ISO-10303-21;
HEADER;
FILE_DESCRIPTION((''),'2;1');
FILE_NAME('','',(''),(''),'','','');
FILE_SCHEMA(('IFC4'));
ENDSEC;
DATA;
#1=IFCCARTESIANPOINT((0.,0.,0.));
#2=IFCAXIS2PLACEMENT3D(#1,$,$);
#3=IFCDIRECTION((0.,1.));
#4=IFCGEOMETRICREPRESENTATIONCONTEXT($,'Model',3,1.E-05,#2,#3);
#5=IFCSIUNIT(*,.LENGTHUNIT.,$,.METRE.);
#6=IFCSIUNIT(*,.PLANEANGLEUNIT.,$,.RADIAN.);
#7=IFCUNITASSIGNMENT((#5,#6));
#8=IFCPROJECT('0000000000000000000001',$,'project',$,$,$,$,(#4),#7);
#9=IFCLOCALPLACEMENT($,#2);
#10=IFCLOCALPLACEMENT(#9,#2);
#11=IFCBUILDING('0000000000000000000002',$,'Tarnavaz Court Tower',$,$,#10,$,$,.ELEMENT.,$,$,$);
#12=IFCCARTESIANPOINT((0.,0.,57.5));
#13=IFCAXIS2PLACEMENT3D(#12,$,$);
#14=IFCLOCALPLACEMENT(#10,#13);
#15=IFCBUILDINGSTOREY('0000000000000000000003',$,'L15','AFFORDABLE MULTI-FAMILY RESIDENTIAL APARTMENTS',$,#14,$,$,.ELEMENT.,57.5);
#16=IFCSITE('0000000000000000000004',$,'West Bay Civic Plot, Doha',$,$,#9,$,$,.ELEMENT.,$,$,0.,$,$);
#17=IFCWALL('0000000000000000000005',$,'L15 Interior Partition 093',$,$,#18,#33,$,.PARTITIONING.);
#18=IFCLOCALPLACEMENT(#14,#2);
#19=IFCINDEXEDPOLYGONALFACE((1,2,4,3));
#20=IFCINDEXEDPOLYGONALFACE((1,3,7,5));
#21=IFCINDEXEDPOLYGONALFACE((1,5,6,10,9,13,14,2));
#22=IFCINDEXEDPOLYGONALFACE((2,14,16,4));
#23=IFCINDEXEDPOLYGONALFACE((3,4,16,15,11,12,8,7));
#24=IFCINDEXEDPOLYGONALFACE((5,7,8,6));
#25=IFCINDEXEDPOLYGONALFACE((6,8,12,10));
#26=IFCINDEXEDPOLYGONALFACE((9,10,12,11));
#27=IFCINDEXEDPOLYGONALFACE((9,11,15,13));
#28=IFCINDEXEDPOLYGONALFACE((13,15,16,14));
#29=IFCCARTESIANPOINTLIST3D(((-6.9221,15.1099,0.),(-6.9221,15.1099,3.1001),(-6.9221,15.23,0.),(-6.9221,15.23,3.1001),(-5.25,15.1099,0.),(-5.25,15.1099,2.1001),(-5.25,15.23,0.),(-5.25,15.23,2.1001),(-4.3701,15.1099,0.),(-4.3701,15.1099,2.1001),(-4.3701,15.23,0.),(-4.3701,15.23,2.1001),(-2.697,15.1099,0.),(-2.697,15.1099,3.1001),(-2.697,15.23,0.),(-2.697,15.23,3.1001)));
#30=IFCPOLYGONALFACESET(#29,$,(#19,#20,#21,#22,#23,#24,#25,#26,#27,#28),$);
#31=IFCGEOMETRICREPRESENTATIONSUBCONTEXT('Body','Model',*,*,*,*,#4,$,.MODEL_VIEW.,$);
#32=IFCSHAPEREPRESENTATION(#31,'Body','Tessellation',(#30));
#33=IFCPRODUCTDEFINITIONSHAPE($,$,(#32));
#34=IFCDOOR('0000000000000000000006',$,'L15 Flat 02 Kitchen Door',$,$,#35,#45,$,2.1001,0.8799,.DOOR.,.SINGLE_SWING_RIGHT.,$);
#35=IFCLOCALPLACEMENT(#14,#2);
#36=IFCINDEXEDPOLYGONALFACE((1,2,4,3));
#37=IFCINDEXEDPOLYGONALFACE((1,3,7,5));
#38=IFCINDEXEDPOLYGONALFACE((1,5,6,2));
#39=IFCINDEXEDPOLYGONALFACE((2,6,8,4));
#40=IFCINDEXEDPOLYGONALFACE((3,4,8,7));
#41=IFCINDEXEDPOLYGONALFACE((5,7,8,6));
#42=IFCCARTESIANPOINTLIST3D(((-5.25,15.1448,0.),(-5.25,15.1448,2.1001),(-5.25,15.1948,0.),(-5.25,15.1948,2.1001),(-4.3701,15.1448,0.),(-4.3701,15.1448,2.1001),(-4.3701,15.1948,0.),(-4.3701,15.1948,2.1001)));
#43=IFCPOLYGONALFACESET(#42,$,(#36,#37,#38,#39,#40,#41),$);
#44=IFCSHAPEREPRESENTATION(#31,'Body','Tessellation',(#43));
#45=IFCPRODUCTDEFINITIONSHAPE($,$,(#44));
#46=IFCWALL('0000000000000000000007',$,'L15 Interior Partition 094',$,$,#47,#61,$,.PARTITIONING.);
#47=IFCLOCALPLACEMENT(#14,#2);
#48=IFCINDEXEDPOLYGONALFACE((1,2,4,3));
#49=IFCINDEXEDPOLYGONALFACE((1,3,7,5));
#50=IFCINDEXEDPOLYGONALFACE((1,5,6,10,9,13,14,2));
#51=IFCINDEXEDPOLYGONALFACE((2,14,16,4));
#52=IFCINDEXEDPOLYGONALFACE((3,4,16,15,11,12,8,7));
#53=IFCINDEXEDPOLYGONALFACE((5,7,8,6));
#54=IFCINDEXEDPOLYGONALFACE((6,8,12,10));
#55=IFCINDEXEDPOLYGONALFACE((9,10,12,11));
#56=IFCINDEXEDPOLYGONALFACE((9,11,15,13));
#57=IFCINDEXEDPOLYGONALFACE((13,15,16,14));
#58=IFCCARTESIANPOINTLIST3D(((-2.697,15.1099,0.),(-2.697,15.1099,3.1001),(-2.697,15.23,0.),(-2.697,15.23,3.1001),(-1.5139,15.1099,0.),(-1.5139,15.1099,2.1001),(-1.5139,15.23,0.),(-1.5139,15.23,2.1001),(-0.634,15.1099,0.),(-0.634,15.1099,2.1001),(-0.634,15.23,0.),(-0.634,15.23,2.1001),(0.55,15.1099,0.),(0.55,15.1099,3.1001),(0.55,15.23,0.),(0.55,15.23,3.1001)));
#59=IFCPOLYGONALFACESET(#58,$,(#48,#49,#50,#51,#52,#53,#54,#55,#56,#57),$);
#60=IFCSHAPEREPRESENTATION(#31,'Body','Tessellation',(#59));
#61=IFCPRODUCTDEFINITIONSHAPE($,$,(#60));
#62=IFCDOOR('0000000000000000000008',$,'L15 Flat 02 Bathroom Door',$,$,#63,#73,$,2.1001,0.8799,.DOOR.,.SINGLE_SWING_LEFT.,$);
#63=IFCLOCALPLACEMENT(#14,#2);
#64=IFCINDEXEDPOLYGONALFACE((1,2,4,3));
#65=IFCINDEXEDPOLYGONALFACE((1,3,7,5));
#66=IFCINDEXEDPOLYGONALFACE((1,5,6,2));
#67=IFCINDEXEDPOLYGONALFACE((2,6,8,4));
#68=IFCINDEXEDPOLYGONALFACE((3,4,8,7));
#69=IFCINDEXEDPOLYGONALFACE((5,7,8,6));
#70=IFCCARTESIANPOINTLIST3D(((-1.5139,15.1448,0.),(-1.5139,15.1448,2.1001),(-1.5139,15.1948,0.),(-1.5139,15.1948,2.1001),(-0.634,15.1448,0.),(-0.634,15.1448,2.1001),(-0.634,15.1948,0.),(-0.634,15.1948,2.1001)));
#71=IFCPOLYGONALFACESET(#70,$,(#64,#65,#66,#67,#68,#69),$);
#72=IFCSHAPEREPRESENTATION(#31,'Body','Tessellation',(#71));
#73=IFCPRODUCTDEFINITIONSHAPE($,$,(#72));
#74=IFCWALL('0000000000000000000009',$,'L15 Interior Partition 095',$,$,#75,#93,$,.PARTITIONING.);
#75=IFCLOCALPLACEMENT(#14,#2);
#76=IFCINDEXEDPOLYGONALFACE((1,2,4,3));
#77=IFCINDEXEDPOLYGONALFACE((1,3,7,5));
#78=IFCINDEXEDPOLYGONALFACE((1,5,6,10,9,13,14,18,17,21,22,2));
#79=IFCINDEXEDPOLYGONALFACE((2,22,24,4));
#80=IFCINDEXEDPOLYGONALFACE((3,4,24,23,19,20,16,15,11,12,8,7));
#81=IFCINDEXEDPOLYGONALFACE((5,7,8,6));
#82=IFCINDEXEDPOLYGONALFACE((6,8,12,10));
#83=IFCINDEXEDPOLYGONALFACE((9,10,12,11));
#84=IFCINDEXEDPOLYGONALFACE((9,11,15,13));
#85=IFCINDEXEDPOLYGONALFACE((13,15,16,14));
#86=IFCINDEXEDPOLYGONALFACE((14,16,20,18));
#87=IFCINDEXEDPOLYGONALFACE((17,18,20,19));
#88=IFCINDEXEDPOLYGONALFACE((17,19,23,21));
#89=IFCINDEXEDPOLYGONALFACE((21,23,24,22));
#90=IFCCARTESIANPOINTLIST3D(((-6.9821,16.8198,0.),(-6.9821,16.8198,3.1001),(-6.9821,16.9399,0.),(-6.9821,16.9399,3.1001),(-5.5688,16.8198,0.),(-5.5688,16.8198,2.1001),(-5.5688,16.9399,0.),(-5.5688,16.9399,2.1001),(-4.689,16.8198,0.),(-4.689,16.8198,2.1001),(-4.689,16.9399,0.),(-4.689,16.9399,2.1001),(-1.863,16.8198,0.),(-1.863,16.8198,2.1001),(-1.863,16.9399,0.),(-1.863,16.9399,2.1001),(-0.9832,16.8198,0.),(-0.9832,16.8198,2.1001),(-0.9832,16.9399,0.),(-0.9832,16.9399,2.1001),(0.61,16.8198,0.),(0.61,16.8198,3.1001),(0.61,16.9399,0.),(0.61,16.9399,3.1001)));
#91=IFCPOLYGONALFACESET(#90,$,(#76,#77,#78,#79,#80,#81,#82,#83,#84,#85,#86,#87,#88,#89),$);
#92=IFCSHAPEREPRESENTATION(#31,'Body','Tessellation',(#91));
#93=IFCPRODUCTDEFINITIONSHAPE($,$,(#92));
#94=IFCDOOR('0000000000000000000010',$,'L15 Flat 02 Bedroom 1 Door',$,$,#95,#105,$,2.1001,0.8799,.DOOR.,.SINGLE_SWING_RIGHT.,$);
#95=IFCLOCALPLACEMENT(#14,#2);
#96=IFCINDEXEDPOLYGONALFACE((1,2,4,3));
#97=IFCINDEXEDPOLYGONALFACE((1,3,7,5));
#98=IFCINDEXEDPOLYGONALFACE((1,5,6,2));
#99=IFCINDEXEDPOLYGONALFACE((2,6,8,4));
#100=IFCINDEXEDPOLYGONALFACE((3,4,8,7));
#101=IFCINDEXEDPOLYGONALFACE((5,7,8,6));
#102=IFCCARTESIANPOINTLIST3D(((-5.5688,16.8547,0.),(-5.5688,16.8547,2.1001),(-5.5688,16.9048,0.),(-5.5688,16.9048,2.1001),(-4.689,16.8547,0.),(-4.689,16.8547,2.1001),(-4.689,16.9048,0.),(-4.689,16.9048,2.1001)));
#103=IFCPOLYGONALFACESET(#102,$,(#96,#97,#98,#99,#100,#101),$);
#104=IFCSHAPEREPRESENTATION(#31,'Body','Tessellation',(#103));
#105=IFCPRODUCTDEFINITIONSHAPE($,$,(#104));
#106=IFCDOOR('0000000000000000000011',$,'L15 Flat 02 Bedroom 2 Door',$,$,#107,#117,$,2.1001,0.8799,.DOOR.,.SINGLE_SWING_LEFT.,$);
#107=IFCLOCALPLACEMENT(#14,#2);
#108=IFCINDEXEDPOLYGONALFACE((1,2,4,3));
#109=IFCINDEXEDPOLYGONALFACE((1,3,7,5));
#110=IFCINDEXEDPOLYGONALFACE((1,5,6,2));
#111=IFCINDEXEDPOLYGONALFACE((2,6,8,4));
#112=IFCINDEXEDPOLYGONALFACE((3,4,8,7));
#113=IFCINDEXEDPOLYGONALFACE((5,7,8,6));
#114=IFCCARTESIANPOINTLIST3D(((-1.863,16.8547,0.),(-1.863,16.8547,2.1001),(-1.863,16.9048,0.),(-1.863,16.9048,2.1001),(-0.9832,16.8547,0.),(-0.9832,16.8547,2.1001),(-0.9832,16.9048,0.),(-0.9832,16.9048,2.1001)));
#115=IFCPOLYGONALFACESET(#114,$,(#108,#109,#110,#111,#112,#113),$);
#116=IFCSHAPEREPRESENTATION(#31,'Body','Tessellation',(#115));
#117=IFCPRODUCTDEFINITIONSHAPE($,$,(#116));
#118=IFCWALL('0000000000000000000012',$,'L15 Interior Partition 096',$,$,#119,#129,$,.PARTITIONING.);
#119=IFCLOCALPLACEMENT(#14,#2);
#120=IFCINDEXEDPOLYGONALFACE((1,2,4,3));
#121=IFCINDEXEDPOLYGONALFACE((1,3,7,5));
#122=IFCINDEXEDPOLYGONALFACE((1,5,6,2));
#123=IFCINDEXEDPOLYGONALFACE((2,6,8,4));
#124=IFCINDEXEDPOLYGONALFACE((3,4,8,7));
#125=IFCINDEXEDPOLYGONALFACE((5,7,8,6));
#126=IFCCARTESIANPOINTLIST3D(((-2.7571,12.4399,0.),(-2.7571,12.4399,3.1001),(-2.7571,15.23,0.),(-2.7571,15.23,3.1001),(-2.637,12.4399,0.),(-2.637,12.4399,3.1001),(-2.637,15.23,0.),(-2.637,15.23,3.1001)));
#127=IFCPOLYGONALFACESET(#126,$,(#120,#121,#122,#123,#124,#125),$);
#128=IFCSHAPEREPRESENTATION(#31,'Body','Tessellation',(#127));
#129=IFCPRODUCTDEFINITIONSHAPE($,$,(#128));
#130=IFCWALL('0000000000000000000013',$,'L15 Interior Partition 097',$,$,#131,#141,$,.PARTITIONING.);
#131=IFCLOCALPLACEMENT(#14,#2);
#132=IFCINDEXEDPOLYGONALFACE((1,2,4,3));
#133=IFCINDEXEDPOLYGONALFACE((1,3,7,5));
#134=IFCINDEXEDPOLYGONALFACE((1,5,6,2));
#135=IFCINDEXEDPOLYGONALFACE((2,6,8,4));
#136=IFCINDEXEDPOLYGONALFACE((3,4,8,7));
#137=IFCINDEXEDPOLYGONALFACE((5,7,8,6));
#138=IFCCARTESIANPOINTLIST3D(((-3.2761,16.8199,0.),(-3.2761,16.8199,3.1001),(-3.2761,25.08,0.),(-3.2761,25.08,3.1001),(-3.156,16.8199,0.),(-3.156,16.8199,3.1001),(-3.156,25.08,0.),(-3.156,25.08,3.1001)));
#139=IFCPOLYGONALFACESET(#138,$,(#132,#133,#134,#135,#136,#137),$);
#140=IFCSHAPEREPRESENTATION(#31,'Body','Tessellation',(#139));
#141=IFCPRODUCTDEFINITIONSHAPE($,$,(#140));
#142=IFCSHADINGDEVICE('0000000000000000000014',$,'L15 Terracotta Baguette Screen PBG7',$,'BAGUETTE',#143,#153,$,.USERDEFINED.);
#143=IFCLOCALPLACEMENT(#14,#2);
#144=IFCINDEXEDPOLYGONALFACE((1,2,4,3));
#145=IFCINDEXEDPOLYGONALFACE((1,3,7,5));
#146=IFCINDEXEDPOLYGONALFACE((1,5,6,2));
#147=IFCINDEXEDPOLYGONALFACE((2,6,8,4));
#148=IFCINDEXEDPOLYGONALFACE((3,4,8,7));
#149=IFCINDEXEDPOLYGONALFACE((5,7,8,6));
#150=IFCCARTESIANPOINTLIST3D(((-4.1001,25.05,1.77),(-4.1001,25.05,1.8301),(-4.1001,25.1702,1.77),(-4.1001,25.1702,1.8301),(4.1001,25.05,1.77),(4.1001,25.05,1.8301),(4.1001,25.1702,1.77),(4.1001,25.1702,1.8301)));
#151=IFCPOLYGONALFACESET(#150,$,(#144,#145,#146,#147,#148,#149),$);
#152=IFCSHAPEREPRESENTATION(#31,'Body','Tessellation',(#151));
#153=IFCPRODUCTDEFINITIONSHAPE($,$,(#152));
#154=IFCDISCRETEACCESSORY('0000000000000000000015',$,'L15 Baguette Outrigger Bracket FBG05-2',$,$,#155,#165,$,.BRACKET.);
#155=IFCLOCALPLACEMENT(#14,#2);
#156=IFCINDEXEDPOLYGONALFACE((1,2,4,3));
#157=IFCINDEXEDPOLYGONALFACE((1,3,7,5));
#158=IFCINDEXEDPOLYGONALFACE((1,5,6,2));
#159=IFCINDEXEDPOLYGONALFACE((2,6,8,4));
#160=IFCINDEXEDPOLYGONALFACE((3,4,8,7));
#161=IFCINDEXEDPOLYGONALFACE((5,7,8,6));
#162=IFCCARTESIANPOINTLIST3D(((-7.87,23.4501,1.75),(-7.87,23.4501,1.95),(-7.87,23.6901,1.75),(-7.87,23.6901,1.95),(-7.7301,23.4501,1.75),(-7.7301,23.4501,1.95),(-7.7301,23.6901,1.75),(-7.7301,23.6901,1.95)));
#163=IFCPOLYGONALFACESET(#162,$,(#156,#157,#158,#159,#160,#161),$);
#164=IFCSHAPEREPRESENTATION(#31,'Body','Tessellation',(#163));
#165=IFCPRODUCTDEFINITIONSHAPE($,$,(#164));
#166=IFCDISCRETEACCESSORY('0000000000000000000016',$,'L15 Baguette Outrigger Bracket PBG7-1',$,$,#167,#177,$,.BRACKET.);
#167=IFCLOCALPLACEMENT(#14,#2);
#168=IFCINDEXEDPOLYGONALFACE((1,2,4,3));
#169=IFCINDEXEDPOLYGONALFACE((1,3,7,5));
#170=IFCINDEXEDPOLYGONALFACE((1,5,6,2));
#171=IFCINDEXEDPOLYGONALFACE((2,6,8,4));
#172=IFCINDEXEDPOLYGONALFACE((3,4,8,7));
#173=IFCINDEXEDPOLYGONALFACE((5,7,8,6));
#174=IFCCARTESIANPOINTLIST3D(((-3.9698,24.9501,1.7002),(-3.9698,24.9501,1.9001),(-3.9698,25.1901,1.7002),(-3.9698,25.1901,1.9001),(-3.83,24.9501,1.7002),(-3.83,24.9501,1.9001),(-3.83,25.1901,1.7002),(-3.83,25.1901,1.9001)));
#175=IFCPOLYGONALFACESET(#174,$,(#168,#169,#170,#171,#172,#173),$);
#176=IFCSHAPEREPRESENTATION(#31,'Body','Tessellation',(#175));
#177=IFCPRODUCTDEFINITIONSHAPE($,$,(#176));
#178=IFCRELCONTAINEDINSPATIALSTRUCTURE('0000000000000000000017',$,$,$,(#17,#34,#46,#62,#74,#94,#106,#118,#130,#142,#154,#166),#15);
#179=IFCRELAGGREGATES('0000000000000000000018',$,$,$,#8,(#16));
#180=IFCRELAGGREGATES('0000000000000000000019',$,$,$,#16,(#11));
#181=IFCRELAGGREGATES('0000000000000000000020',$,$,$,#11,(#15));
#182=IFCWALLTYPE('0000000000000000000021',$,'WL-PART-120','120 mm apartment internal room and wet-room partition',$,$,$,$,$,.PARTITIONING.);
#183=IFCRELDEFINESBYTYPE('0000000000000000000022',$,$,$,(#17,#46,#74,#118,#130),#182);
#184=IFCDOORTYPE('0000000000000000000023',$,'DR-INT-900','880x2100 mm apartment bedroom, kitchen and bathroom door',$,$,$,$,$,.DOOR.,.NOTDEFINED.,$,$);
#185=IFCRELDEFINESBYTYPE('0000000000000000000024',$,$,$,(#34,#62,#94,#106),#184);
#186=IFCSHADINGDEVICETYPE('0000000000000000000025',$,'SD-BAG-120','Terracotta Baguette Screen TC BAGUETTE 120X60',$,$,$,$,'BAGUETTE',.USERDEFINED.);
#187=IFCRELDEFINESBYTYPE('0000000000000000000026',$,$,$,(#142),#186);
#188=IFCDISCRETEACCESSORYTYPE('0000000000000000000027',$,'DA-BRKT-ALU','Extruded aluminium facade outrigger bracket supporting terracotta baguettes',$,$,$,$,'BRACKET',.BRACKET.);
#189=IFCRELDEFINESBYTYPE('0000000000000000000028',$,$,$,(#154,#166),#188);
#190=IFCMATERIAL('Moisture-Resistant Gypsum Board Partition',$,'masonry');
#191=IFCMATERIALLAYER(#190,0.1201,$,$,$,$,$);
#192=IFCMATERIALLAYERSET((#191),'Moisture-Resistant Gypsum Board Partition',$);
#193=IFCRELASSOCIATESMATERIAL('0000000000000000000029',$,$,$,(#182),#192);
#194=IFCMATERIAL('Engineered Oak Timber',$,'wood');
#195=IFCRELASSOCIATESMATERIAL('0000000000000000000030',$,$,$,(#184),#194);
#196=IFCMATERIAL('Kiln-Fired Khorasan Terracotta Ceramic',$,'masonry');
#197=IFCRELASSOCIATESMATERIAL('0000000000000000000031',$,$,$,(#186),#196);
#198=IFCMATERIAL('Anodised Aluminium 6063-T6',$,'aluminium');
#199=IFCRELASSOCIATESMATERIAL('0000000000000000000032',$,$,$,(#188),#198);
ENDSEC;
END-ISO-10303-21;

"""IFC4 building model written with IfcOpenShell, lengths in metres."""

from ifc_helpers import new_model, si_unit, direction, frame, frame_2d, origin, origin_2d, place, context, subcontext, project, spatial, rectangle, extrude, material, layer, layer_set, material_profile, profile_set, type_object, element, fill, save


model = new_model("IFC4")

# Units and contexts
model_context = context("Model", 3, precision=1e-05, world=origin(), true_north=direction((0.0, 1.0)))
body_context = subcontext(model_context, "Body", "Model", "MODEL_VIEW")
ifc_project = project(units=[si_unit("LENGTHUNIT", "METRE"), si_unit("PLANEANGLEUNIT", "RADIAN")], contexts=[model_context])

# Site, building, storey
site_placement = place(None, origin())
site = spatial("IfcSite", under=ifc_project, at=site_placement, Name="West Bay Civic Plot, Doha", CompositionType="ELEMENT", RefElevation=0.0)
building_placement = place(site_placement, origin())
building = spatial("IfcBuilding", under=site, at=building_placement, Name="Tarnavaz Court Tower", CompositionType="ELEMENT")
storey_placement = place(building_placement, frame((0.0, 0.0, 57.5)))
storey = spatial("IfcBuildingStorey", under=building, at=storey_placement, Name="L15", Description="AFFORDABLE MULTI-FAMILY RESIDENTIAL APARTMENTS", CompositionType="ELEMENT", Elevation=57.5)

# Shared definitions
ifc_material_1 = material(Name="Anodised Aluminium 6063-T6", Category="aluminium")

# Walls, openings, doors
ifc_material_2 = material(Name="Moisture-Resistant Gypsum Board Partition", Category="masonry")
ifc_layer_1 = layer(ifc_material_2, 0.1201)
ifc_layer_set_1 = layer_set([ifc_layer_1], Name="Moisture-Resistant Gypsum Board Partition")
wall_type_1 = type_object("IfcWallType", Name="WL-PART-120", Description="120 mm apartment internal room and wet-room partition", PredefinedType="PARTITIONING", material=ifc_layer_set_1)
ifc_material_3 = material(Name="Engineered Oak Timber", Category="wood")
wall_1_placement = place(storey_placement, frame((-6.9221, 15.1699, 0.0), z_axis=(0.0, 0.0, 1.0), x_axis=(1.0, 0.0, 0.0)))
wall_1 = element("IfcWall", 1, at=wall_1_placement, inside=storey, type_object=wall_type_1, Name="L15 Interior Partition 093", PredefinedType="PARTITIONING", context=body_context, shape_type="SweptSolid", body=[
    extrude(rectangle(XDim=4.2251, YDim=0.1201, at=frame_2d((2.1125, 0.0))), origin(), (0.0, 0.0, 1.0), 3.1001),
])
opening_1_placement = place(wall_1_placement, frame((1.6721, 0.0, 0.0)))
opening_1 = element("IfcOpeningElement", 2, at=opening_1_placement, cuts=wall_1, PredefinedType="OPENING", context=body_context, shape_type="SweptSolid", body=[
    extrude(rectangle(XDim=0.8799, YDim=2.1001, at=frame_2d((0.4399, 1.05))), frame((0.0, 0.0701, 0.0), z_axis=(0.0, -1.0, 0.0), x_axis=(1.0, 0.0, 0.0)), (0.0, 0.0, 1.0), 0.1401),
])
door_type_1 = type_object("IfcDoorType", Name="DR-INT-900", Description="880x2100 mm apartment bedroom, kitchen and bathroom door", OperationType="NOTDEFINED", PredefinedType="DOOR", material=ifc_material_3)
door_1_placement = place(opening_1_placement, origin())
door_1 = element("IfcDoor", 3, at=door_1_placement, inside=storey, type_object=door_type_1, Name="L15 Flat 02 Kitchen Door", OperationType="SINGLE_SWING_RIGHT", OverallHeight=2.1001, OverallWidth=0.8799, PredefinedType="DOOR", context=body_context, shape_type="SweptSolid", body=[
    extrude(rectangle(XDim=0.8799, YDim=2.1001, at=frame_2d((0.4399, 1.05))), frame((0.0, 0.0249, 0.0), z_axis=(0.0, -1.0, 0.0), x_axis=(1.0, 0.0, 0.0)), (0.0, 0.0, 1.0), 0.05),
])
fill(opening_1, door_1)
wall_2_placement = place(storey_placement, frame((-2.697, 15.1699, 0.0), z_axis=(0.0, 0.0, 1.0), x_axis=(1.0, 0.0, 0.0)))
wall_2 = element("IfcWall", 4, at=wall_2_placement, inside=storey, type_object=wall_type_1, Name="L15 Interior Partition 094", PredefinedType="PARTITIONING", context=body_context, shape_type="SweptSolid", body=[
    extrude(rectangle(XDim=3.2471, YDim=0.1201, at=frame_2d((1.6235, 0.0))), origin(), (0.0, 0.0, 1.0), 3.1001),
])
opening_2_placement = place(wall_2_placement, frame((1.1831, 0.0, 0.0)))
opening_2 = element("IfcOpeningElement", 5, at=opening_2_placement, cuts=wall_2, PredefinedType="OPENING", context=body_context, shape_type="SweptSolid", body=[
    extrude(rectangle(XDim=0.8799, YDim=2.1001, at=frame_2d((0.4399, 1.05))), frame((0.0, 0.0701, 0.0), z_axis=(0.0, -1.0, 0.0), x_axis=(1.0, 0.0, 0.0)), (0.0, 0.0, 1.0), 0.1401),
])
door_2_placement = place(opening_2_placement, origin())
door_2 = element("IfcDoor", 6, at=door_2_placement, inside=storey, type_object=door_type_1, Name="L15 Flat 02 Bathroom Door", OperationType="SINGLE_SWING_LEFT", OverallHeight=2.1001, OverallWidth=0.8799, PredefinedType="DOOR", context=body_context, shape_type="SweptSolid", body=[
    extrude(rectangle(XDim=0.8799, YDim=2.1001, at=frame_2d((0.4399, 1.05))), frame((0.0, 0.0249, 0.0), z_axis=(0.0, -1.0, 0.0), x_axis=(1.0, 0.0, 0.0)), (0.0, 0.0, 1.0), 0.05),
])
fill(opening_2, door_2)

# Wall, openings, doors
wall_3_placement = place(storey_placement, frame((-6.9819, 16.8799, 0.0), z_axis=(0.0, 0.0, 1.0), x_axis=(1.0, 0.0, 0.0)))
wall_3 = element("IfcWall", 7, at=wall_3_placement, inside=storey, type_object=wall_type_1, Name="L15 Interior Partition 095", PredefinedType="PARTITIONING", context=body_context, shape_type="SweptSolid", body=[
    extrude(rectangle(XDim=7.592, YDim=0.1201, at=frame_2d((3.7959, 0.0))), origin(), (0.0, 0.0, 1.0), 3.1001),
])
opening_3_placement = place(wall_3_placement, frame((1.4131, 0.0, 0.0)))
opening_3 = element("IfcOpeningElement", 8, at=opening_3_placement, cuts=wall_3, PredefinedType="OPENING", context=body_context, shape_type="SweptSolid", body=[
    extrude(rectangle(XDim=0.8799, YDim=2.1001, at=frame_2d((0.4399, 1.05))), frame((0.0, 0.0701, 0.0), z_axis=(0.0, -1.0, 0.0), x_axis=(1.0, 0.0, 0.0)), (0.0, 0.0, 1.0), 0.1401),
])
opening_4_placement = place(wall_3_placement, frame((5.1189, 0.0, 0.0)))
opening_4 = element("IfcOpeningElement", 9, at=opening_4_placement, cuts=wall_3, PredefinedType="OPENING", context=body_context, shape_type="SweptSolid", body=[
    extrude(rectangle(XDim=0.8799, YDim=2.1001, at=frame_2d((0.4399, 1.05))), frame((0.0, 0.0701, 0.0), z_axis=(0.0, -1.0, 0.0), x_axis=(1.0, 0.0, 0.0)), (0.0, 0.0, 1.0), 0.1401),
])
door_3_placement = place(opening_3_placement, origin())
door_3 = element("IfcDoor", 10, at=door_3_placement, inside=storey, type_object=door_type_1, Name="L15 Flat 02 Bedroom 1 Door", OperationType="SINGLE_SWING_RIGHT", OverallHeight=2.1001, OverallWidth=0.8799, PredefinedType="DOOR", context=body_context, shape_type="SweptSolid", body=[
    extrude(rectangle(XDim=0.8799, YDim=2.1001, at=frame_2d((0.4399, 1.05))), frame((0.0, 0.0249, 0.0), z_axis=(0.0, -1.0, 0.0), x_axis=(1.0, 0.0, 0.0)), (0.0, 0.0, 1.0), 0.05),
])
fill(opening_3, door_3)
door_4_placement = place(opening_4_placement, origin())
door_4 = element("IfcDoor", 11, at=door_4_placement, inside=storey, type_object=door_type_1, Name="L15 Flat 02 Bedroom 2 Door", OperationType="SINGLE_SWING_LEFT", OverallHeight=2.1001, OverallWidth=0.8799, PredefinedType="DOOR", context=body_context, shape_type="SweptSolid", body=[
    extrude(rectangle(XDim=0.8799, YDim=2.1001, at=frame_2d((0.4399, 1.05))), frame((0.0, 0.0249, 0.0), z_axis=(0.0, -1.0, 0.0), x_axis=(1.0, 0.0, 0.0)), (0.0, 0.0, 1.0), 0.05),
])
fill(opening_4, door_4)

# Walls
wall_4_placement = place(storey_placement, frame((-2.697, 12.4399, 0.0), z_axis=(0.0, 0.0, 1.0), x_axis=(0.0, 1.0, 0.0)))
element("IfcWall", 12, at=wall_4_placement, inside=storey, type_object=wall_type_1, Name="L15 Interior Partition 096", PredefinedType="PARTITIONING", context=body_context, shape_type="SweptSolid", body=[
    extrude(rectangle(XDim=2.79, YDim=0.1201, at=frame_2d((1.395, 0.0))), origin(), (0.0, 0.0, 1.0), 3.1001),
])
wall_5_placement = place(storey_placement, frame((-3.2161, 16.8201, 0.0), z_axis=(0.0, 0.0, 1.0), x_axis=(0.0, 1.0, 0.0)))
element("IfcWall", 13, at=wall_5_placement, inside=storey, type_object=wall_type_1, Name="L15 Interior Partition 097", PredefinedType="PARTITIONING", context=body_context, shape_type="SweptSolid", body=[
    extrude(rectangle(XDim=8.26, YDim=0.1201, at=frame_2d((4.1299, 0.0))), origin(), (0.0, 0.0, 1.0), 3.1001),
])

# Shading device
ifc_material_4 = material(Name="Kiln-Fired Khorasan Terracotta Ceramic", Category="masonry")
ifc_material_profile_1 = material_profile(ifc_material_4, rectangle(XDim=0.1201, YDim=0.0601, at=origin_2d()), Name="TC BAGUETTE 120X60")
ifc_profile_set_1 = profile_set([ifc_material_profile_1], Name="Kiln-Fired Khorasan Terracotta Ceramic")
shading_device_type = type_object("IfcShadingDeviceType", Name="SD-BAG-120", Description="Terracotta Baguette Screen TC BAGUETTE 120X60", ElementType="BAGUETTE", PredefinedType="USERDEFINED", material=ifc_profile_set_1)
shading_device_placement = place(storey_placement, frame((-4.1001, 25.1101, 1.8), z_axis=(1.0, 0.0, 0.0), x_axis=(0.0, 1.0, 0.0)))
element("IfcShadingDevice", 14, at=shading_device_placement, inside=storey, type_object=shading_device_type, Name="L15 Terracotta Baguette Screen PBG7", ObjectType="BAGUETTE", PredefinedType="USERDEFINED", context=body_context, shape_type="SweptSolid", body=[
    extrude(rectangle(XDim=0.1201, YDim=0.0601, at=origin_2d()), origin(), (0.0, 0.0, 1.0), 8.2002),
])

# Discrete accessories
discrete_accessory_type = type_object("IfcDiscreteAccessoryType", Name="DA-BRKT-ALU", Description="Extruded aluminium facade outrigger bracket supporting terracotta baguettes", ElementType="BRACKET", PredefinedType="BRACKET", material=ifc_material_1)
for number, where, z_axis, x_axis, name in (
    (15, (-7.8, 23.5701, 1.75), (0.0, 0.0, 1.0), (1.0, 0.0, 0.0), "L15 Baguette Outrigger Bracket FBG05-2"),
    (16, (-3.8999, 25.0701, 1.7002), (0.0, 0.0, 1.0), (1.0, 0.0, 0.0), "L15 Baguette Outrigger Bracket PBG7-1"),
):
    element("IfcDiscreteAccessory", number, at=place(storey_placement, frame(where, z_axis=z_axis, x_axis=x_axis)), inside=storey, type_object=discrete_accessory_type, Name=name, PredefinedType="BRACKET", context=body_context, shape_type="SweptSolid", body=[
        extrude(rectangle(XDim=0.1399, YDim=0.24, at=origin_2d()), origin(), (0.0, 0.0, 1.0), 0.2),
    ])

save(model, "model.ifc")
